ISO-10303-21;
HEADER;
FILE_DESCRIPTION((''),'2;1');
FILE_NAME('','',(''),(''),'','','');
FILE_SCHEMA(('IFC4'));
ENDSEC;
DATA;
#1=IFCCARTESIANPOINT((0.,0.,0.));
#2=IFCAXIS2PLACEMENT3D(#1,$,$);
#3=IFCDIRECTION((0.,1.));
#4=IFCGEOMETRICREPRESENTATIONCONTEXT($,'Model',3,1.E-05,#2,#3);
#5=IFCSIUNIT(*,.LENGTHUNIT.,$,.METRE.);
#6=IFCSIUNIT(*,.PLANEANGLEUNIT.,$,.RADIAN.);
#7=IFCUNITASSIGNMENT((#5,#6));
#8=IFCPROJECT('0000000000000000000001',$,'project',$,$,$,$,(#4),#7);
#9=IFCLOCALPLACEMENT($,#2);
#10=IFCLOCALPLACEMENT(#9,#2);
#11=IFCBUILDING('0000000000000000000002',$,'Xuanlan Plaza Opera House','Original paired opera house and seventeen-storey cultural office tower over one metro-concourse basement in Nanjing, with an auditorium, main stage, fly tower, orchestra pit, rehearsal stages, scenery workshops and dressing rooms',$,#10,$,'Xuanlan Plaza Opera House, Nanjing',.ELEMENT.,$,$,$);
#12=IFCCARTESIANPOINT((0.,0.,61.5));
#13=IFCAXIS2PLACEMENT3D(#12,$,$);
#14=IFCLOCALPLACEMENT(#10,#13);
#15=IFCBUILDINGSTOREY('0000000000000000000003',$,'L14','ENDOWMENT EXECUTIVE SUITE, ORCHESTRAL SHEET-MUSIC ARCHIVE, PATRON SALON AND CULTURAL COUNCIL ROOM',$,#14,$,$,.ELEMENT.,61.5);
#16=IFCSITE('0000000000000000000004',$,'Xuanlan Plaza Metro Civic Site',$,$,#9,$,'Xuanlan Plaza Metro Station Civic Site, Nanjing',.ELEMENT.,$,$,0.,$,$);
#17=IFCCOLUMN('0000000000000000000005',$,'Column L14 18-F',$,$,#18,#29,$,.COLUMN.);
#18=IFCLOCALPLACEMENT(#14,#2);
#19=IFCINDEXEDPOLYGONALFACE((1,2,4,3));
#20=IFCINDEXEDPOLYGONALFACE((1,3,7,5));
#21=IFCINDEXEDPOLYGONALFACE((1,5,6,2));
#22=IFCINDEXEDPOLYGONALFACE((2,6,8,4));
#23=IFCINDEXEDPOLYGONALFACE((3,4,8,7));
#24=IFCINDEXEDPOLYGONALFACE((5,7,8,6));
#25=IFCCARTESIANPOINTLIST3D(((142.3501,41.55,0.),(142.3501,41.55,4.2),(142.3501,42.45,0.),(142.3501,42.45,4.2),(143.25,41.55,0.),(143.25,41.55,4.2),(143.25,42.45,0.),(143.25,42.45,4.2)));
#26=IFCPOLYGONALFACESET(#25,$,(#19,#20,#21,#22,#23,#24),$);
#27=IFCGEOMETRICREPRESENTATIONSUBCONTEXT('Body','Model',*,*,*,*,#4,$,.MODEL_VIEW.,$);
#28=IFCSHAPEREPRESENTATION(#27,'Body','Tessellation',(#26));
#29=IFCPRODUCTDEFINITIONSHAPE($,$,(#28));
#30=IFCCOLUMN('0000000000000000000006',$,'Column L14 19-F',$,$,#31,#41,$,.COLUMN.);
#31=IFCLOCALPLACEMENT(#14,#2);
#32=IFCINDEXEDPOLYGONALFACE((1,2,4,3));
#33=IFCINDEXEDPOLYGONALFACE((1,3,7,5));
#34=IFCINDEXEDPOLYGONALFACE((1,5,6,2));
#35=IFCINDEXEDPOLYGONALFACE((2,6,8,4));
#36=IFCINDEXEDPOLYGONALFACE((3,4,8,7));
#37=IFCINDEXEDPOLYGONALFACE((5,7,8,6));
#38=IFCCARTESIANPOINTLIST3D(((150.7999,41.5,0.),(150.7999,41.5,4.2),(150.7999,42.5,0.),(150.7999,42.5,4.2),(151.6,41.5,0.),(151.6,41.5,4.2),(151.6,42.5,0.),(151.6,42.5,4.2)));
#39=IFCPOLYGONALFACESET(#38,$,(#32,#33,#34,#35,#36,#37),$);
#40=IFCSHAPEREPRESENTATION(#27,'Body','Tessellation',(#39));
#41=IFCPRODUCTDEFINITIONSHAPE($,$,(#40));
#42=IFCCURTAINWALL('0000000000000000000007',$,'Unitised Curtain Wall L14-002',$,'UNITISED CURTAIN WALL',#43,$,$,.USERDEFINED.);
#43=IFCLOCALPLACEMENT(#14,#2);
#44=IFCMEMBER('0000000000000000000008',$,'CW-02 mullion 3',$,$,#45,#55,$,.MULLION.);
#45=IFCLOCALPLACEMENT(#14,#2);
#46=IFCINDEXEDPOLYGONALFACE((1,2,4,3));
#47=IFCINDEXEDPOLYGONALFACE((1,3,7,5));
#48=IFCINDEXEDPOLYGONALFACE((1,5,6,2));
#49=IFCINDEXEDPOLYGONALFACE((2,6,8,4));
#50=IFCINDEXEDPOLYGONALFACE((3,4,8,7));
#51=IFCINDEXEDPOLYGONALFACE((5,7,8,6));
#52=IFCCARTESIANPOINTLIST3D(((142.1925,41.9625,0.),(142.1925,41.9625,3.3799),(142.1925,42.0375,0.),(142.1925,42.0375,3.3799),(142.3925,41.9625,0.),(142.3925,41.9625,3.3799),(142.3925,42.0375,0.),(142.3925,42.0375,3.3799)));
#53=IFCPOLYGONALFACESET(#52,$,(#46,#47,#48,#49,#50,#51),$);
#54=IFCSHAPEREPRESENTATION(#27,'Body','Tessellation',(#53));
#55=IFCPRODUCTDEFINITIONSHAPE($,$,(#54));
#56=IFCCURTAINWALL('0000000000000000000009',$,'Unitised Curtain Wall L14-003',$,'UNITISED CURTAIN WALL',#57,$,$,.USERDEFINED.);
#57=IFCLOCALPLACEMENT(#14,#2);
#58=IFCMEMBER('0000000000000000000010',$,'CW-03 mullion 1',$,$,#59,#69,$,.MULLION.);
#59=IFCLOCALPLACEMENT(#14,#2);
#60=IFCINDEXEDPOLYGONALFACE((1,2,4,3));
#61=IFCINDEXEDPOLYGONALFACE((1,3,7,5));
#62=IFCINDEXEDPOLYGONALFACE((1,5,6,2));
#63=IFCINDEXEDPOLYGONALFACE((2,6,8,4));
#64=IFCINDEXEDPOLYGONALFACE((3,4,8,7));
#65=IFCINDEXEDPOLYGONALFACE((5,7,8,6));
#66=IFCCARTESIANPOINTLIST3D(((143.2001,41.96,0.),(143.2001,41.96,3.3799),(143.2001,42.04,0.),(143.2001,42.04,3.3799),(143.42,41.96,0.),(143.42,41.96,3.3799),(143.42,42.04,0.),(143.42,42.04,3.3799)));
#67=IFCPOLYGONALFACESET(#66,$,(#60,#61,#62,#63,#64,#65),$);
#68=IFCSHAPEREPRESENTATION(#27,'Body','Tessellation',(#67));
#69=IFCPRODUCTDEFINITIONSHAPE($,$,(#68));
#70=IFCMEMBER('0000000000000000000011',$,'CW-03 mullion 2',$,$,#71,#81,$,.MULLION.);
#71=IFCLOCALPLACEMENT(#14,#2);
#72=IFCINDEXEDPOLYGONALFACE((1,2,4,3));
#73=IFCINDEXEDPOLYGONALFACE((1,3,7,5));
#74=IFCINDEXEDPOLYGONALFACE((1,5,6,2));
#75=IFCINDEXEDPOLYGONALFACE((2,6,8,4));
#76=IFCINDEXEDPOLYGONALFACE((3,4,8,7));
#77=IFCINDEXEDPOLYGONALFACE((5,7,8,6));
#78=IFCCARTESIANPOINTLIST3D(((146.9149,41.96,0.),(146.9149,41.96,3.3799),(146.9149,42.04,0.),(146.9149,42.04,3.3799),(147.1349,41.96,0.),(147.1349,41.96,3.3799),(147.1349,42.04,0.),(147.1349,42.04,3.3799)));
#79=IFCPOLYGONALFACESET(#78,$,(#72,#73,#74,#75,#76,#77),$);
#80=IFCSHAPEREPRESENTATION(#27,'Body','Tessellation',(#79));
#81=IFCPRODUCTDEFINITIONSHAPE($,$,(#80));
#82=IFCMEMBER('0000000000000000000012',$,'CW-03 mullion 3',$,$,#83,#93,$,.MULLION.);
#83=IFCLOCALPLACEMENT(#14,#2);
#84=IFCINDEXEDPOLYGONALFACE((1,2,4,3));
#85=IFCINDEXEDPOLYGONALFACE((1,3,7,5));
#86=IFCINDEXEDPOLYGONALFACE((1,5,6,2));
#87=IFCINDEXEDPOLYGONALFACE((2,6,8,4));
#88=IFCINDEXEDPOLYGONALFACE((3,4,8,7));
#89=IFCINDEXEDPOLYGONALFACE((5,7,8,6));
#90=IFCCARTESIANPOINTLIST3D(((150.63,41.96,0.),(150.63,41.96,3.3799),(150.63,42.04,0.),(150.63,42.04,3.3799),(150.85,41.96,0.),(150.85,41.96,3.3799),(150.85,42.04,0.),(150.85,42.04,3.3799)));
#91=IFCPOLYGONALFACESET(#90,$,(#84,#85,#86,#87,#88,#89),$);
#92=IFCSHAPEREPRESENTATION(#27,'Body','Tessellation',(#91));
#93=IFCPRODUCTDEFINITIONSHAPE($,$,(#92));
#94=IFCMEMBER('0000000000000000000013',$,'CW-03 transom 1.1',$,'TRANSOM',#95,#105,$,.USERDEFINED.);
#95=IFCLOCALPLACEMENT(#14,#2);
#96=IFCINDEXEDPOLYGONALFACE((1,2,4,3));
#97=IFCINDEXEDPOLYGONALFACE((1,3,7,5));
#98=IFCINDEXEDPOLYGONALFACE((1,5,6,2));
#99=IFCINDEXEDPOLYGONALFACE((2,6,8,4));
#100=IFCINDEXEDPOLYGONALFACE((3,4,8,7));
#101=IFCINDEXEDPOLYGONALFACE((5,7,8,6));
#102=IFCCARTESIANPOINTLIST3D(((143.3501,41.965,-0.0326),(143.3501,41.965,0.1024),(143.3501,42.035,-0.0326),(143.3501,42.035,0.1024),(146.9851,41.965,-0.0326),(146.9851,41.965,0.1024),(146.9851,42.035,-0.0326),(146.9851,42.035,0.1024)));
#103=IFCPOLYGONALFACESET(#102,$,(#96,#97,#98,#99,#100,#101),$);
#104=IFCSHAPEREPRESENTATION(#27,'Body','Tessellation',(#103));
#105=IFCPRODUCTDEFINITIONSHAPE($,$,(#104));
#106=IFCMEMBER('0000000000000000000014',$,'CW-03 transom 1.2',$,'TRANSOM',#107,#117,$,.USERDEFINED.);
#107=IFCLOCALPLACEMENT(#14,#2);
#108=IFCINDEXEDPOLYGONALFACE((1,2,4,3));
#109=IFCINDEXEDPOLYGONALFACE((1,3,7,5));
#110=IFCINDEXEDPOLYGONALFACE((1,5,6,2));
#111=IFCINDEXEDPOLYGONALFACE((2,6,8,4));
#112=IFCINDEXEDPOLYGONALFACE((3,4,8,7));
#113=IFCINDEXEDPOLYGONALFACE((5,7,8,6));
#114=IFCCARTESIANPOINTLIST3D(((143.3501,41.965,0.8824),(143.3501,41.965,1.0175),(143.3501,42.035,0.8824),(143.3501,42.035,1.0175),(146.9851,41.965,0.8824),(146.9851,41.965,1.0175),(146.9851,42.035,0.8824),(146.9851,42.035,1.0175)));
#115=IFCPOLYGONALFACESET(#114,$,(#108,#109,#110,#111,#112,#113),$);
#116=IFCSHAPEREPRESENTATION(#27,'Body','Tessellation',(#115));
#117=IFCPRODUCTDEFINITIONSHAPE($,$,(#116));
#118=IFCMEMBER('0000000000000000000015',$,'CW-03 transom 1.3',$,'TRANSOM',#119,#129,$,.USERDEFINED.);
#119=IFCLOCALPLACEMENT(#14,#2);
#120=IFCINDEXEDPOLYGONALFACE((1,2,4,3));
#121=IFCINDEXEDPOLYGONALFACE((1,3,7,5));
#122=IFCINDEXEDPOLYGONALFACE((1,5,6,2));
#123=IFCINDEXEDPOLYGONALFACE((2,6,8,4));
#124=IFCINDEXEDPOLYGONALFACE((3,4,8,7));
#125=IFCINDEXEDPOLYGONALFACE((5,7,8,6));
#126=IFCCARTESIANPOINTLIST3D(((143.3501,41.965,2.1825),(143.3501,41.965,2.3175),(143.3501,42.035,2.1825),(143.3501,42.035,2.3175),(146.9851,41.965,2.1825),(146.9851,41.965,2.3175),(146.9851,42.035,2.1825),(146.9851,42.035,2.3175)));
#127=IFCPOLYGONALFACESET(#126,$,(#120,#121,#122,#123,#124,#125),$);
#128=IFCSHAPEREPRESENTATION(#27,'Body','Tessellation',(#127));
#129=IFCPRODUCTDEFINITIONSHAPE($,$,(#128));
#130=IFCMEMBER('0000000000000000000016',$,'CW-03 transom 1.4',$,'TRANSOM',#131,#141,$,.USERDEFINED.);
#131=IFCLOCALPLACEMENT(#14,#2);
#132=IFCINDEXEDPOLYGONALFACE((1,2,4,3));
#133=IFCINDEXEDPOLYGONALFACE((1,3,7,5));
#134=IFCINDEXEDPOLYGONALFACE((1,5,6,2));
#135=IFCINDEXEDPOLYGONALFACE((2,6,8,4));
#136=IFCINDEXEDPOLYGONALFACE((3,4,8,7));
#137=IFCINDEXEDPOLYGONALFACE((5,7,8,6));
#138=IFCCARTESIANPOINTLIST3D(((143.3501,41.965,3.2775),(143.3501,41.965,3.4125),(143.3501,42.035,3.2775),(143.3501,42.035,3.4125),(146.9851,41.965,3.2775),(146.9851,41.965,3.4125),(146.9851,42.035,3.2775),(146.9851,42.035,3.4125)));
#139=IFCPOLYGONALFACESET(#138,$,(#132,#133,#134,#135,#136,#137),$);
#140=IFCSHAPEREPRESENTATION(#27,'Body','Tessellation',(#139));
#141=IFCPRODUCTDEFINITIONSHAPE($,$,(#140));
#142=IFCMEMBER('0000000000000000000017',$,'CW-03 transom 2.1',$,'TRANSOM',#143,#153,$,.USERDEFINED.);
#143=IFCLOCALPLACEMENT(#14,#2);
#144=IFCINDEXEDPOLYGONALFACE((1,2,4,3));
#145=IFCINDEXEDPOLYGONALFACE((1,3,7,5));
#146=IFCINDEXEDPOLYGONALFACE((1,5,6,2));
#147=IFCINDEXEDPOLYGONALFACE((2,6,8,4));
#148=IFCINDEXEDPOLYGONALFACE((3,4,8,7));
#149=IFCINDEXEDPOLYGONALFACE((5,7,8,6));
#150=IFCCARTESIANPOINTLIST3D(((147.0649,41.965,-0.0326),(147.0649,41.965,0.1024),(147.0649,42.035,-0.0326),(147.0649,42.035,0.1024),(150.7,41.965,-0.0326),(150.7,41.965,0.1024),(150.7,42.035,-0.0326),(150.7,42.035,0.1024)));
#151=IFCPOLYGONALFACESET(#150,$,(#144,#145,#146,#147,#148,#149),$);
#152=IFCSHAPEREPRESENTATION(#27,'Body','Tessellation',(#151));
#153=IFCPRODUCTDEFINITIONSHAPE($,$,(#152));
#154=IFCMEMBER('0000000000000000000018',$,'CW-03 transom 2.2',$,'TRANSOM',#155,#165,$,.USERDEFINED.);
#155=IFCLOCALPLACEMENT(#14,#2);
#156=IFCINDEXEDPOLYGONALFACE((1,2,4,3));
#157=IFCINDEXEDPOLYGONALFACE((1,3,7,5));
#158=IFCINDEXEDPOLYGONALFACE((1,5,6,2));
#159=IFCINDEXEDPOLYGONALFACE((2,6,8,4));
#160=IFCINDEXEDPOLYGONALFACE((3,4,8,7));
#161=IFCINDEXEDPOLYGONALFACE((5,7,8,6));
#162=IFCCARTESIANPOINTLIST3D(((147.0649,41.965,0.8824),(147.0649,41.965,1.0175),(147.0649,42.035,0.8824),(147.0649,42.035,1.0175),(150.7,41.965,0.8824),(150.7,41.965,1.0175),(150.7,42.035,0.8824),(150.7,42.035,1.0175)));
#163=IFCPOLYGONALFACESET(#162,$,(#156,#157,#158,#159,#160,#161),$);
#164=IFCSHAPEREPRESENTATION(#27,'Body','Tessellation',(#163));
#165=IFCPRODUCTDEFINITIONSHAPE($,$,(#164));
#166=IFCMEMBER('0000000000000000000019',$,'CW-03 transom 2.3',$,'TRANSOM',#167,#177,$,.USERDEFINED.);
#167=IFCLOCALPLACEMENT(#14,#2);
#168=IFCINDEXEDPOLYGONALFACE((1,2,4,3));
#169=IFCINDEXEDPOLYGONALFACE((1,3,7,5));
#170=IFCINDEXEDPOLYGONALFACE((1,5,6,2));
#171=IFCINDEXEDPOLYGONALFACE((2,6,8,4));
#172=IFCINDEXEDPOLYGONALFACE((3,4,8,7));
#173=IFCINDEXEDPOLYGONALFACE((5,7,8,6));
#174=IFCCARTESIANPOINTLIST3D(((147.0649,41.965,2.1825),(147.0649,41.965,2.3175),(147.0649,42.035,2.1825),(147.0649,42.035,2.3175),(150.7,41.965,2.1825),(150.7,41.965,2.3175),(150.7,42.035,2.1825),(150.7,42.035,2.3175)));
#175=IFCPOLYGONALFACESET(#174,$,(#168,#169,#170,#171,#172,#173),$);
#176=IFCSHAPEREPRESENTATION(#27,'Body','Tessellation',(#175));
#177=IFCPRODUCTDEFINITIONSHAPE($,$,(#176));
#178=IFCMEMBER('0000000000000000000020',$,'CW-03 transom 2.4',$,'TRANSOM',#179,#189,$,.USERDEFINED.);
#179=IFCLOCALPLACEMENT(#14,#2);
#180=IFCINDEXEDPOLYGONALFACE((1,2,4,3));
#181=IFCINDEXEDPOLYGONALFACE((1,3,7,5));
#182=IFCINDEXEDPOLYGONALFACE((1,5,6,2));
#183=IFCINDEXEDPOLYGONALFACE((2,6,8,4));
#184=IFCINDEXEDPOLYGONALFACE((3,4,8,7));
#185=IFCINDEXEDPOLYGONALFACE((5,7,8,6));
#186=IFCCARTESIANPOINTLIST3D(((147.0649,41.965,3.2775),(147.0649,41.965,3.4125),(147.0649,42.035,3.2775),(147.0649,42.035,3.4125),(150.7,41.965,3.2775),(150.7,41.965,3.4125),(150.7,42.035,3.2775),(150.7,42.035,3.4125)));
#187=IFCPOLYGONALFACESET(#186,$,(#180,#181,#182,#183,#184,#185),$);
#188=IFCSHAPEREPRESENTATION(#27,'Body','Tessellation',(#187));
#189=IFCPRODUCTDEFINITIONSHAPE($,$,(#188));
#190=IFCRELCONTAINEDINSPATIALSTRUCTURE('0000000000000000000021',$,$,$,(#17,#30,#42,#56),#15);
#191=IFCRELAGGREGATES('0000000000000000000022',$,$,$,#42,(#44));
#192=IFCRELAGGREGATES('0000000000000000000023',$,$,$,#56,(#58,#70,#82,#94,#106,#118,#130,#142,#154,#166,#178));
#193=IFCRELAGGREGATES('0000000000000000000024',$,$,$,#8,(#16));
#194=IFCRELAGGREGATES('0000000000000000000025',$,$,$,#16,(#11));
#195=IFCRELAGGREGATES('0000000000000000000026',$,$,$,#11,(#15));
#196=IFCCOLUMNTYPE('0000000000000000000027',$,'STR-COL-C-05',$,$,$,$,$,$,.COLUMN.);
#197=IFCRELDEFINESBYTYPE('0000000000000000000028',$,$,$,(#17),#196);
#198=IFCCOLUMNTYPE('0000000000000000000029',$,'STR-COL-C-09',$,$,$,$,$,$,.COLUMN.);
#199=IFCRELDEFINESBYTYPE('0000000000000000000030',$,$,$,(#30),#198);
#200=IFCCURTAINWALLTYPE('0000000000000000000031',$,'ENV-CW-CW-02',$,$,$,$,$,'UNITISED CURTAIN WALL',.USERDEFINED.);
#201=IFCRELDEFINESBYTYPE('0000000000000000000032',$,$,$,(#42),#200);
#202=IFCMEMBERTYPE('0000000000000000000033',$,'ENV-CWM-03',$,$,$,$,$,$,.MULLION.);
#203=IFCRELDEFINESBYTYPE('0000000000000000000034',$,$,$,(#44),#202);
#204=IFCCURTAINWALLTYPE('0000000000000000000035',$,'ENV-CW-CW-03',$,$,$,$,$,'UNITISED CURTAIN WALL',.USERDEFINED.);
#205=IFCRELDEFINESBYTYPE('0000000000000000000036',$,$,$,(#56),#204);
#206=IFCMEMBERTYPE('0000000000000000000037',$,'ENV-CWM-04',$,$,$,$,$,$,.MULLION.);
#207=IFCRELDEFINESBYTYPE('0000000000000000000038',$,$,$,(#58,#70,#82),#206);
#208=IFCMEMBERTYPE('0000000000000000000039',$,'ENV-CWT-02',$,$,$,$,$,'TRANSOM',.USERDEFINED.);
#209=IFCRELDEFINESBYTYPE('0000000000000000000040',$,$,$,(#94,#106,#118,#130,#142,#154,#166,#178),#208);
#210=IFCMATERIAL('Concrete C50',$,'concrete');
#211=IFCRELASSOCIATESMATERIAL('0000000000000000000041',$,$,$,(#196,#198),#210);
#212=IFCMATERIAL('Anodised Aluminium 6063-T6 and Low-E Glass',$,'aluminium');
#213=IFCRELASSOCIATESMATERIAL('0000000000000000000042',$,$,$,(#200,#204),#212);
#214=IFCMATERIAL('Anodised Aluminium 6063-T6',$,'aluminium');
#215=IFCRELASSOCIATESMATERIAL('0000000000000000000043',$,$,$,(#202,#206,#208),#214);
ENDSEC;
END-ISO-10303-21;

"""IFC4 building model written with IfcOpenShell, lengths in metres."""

from ifc_helpers import new_model, si_unit, direction, frame, origin, origin_2d, place, context, subcontext, project, spatial, rectangle, extrude, material, material_profile, profile_set, type_object, element, aggregate, save


model = new_model("IFC4")

# Units and contexts
model_context = context("Model", 3, precision=1e-05, world=origin(), true_north=direction((0.0, 1.0)))
body_context = subcontext(model_context, "Body", "Model", "MODEL_VIEW")
ifc_project = project(units=[si_unit("LENGTHUNIT", "METRE"), si_unit("PLANEANGLEUNIT", "RADIAN")], contexts=[model_context])

# Site, building, storey
site_placement = place(None, origin())
site = spatial("IfcSite", under=ifc_project, at=site_placement, Name="Xuanlan Plaza Metro Civic Site", LongName="Xuanlan Plaza Metro Station Civic Site, Nanjing", CompositionType="ELEMENT", RefElevation=0.0)
building_placement = place(site_placement, origin())
building = spatial("IfcBuilding", under=site, at=building_placement, Name="Xuanlan Plaza Opera House", Description="Original paired opera house and seventeen-storey cultural office tower over one metro-concourse basement in Nanjing, with an auditorium, main stage, fly tower, orchestra pit, rehearsal stages, scenery workshops and dressing rooms", LongName="Xuanlan Plaza Opera House, Nanjing", CompositionType="ELEMENT")
storey_placement = place(building_placement, frame((0.0, 0.0, 61.5)))
storey = spatial("IfcBuildingStorey", under=building, at=storey_placement, Name="L14", Description="ENDOWMENT EXECUTIVE SUITE, ORCHESTRAL SHEET-MUSIC ARCHIVE, PATRON SALON AND CULTURAL COUNCIL ROOM", CompositionType="ELEMENT", Elevation=61.5)

# Columns
ifc_material_1 = material(Name="Concrete C50", Category="concrete")
ifc_material_profile_1 = material_profile(ifc_material_1, rectangle(XDim=0.8999, YDim=0.8999, at=origin_2d()), Name="RC-COL 900x900")
ifc_profile_set_1 = profile_set([ifc_material_profile_1], Name="Concrete C50")
column_type_1 = type_object("IfcColumnType", Name="STR-COL-C-05", PredefinedType="COLUMN", material=ifc_profile_set_1)
column_1_placement = place(storey_placement, frame((142.8, 42.0, 0.0), z_axis=(0.0, 0.0, 1.0), x_axis=(1.0, 0.0, 0.0)))
element("IfcColumn", 1, at=column_1_placement, inside=storey, type_object=column_type_1, Name="Column L14 18-F", PredefinedType="COLUMN", context=body_context, shape_type="SweptSolid", body=[
    extrude(rectangle(XDim=0.8999, YDim=0.8999, at=origin_2d()), origin(), (0.0, 0.0, 1.0), 4.2),
])
ifc_material_profile_2 = material_profile(ifc_material_1, rectangle(XDim=0.8, YDim=1.0, at=origin_2d()), Name="RC-COL 800x1000")
ifc_profile_set_2 = profile_set([ifc_material_profile_2], Name="Concrete C50")
column_type_2 = type_object("IfcColumnType", Name="STR-COL-C-09", PredefinedType="COLUMN", material=ifc_profile_set_2)
column_2_placement = place(storey_placement, frame((151.2, 42.0, 0.0), z_axis=(0.0, 0.0, 1.0), x_axis=(1.0, 0.0, 0.0)))
element("IfcColumn", 2, at=column_2_placement, inside=storey, type_object=column_type_2, Name="Column L14 19-F", PredefinedType="COLUMN", context=body_context, shape_type="SweptSolid", body=[
    extrude(rectangle(XDim=0.8, YDim=1.0, at=origin_2d()), origin(), (0.0, 0.0, 1.0), 4.2),
])

# Curtain wall, member
ifc_material_2 = material(Name="Anodised Aluminium 6063-T6 and Low-E Glass", Category="aluminium")
curtain_wall_type_1 = type_object("IfcCurtainWallType", Name="ENV-CW-CW-02", ElementType="UNITISED CURTAIN WALL", PredefinedType="USERDEFINED", material=ifc_material_2)
curtain_wall_1_placement = place(storey_placement, origin())
curtain_wall_1 = element("IfcCurtainWall", 3, at=curtain_wall_1_placement, inside=storey, type_object=curtain_wall_type_1, Name="Unitised Curtain Wall L14-002", ObjectType="UNITISED CURTAIN WALL", PredefinedType="USERDEFINED")
ifc_material_3 = material(Name="Anodised Aluminium 6063-T6", Category="aluminium")
ifc_material_profile_3 = material_profile(ifc_material_3, rectangle(XDim=0.075, YDim=0.2, at=origin_2d()), Name="ALU-M 75x200")
ifc_profile_set_3 = profile_set([ifc_material_profile_3], Name="Anodised Aluminium 6063-T6")
member_type_1 = type_object("IfcMemberType", Name="ENV-CWM-03", PredefinedType="MULLION", material=ifc_profile_set_3)
member_1_placement = place(storey_placement, frame((142.2925, 42.0, 0.0), z_axis=(0.0, 0.0, 1.0), x_axis=(0.0, 1.0, 0.0)))
member_1 = element("IfcMember", 4, at=member_1_placement, type_object=member_type_1, Name="CW-02 mullion 3", PredefinedType="MULLION", context=body_context, shape_type="SweptSolid", body=[
    extrude(rectangle(XDim=0.075, YDim=0.2, at=origin_2d()), origin(), (0.0, 0.0, 1.0), 3.3799),
])

# Curtain wall, members
curtain_wall_type_2 = type_object("IfcCurtainWallType", Name="ENV-CW-CW-03", ElementType="UNITISED CURTAIN WALL", PredefinedType="USERDEFINED", material=ifc_material_2)
curtain_wall_2_placement = place(storey_placement, origin())
curtain_wall_2 = element("IfcCurtainWall", 5, at=curtain_wall_2_placement, inside=storey, type_object=curtain_wall_type_2, Name="Unitised Curtain Wall L14-003", ObjectType="UNITISED CURTAIN WALL", PredefinedType="USERDEFINED")
ifc_material_profile_4 = material_profile(ifc_material_3, rectangle(XDim=0.0801, YDim=0.22, at=origin_2d()), Name="ALU-M 80x220")
ifc_profile_set_4 = profile_set([ifc_material_profile_4], Name="Anodised Aluminium 6063-T6")
member_type_2 = type_object("IfcMemberType", Name="ENV-CWM-04", PredefinedType="MULLION", material=ifc_profile_set_4)
member_2_placement = place(storey_placement, frame((143.3101, 42.0, 0.0), z_axis=(0.0, 0.0, 1.0), x_axis=(0.0, 1.0, 0.0)))
member_2 = element("IfcMember", 6, at=member_2_placement, type_object=member_type_2, Name="CW-03 mullion 1", PredefinedType="MULLION", context=body_context, shape_type="SweptSolid", body=[
    extrude(rectangle(XDim=0.0801, YDim=0.22, at=origin_2d()), origin(), (0.0, 0.0, 1.0), 3.3799),
])
member_3_placement = place(storey_placement, frame((147.0249, 42.0, 0.0), z_axis=(0.0, 0.0, 1.0), x_axis=(0.0, 1.0, 0.0)))
member_3 = element("IfcMember", 7, at=member_3_placement, type_object=member_type_2, Name="CW-03 mullion 2", PredefinedType="MULLION", context=body_context, shape_type="SweptSolid", body=[
    extrude(rectangle(XDim=0.0801, YDim=0.22, at=origin_2d()), origin(), (0.0, 0.0, 1.0), 3.3799),
])
member_4_placement = place(storey_placement, frame((150.74, 42.0, 0.0), z_axis=(0.0, 0.0, 1.0), x_axis=(0.0, 1.0, 0.0)))
member_4 = element("IfcMember", 8, at=member_4_placement, type_object=member_type_2, Name="CW-03 mullion 3", PredefinedType="MULLION", context=body_context, shape_type="SweptSolid", body=[
    extrude(rectangle(XDim=0.0801, YDim=0.22, at=origin_2d()), origin(), (0.0, 0.0, 1.0), 3.3799),
])
ifc_material_profile_5 = material_profile(ifc_material_3, rectangle(XDim=0.0701, YDim=0.135, at=origin_2d()), Name="ALU-T 70x135")
ifc_profile_set_5 = profile_set([ifc_material_profile_5], Name="Anodised Aluminium 6063-T6")
member_type_3 = type_object("IfcMemberType", Name="ENV-CWT-02", ElementType="TRANSOM", PredefinedType="USERDEFINED", material=ifc_profile_set_5)
member_5_placement = place(storey_placement, frame((143.3501, 42.0, 0.0349), z_axis=(1.0, 0.0, 0.0), x_axis=(0.0, 1.0, 0.0)))
member_5 = element("IfcMember", 9, at=member_5_placement, type_object=member_type_3, Name="CW-03 transom 1.1", ObjectType="TRANSOM", PredefinedType="USERDEFINED", context=body_context, shape_type="SweptSolid", body=[
    extrude(rectangle(XDim=0.0701, YDim=0.135, at=origin_2d()), origin(), (0.0, 0.0, 1.0), 3.635),
])
member_6_placement = place(storey_placement, frame((143.3501, 42.0, 0.95), z_axis=(1.0, 0.0, 0.0), x_axis=(0.0, 1.0, 0.0)))
member_6 = element("IfcMember", 10, at=member_6_placement, type_object=member_type_3, Name="CW-03 transom 1.2", ObjectType="TRANSOM", PredefinedType="USERDEFINED", context=body_context, shape_type="SweptSolid", body=[
    extrude(rectangle(XDim=0.0701, YDim=0.135, at=origin_2d()), origin(), (0.0, 0.0, 1.0), 3.635),
])
member_7_placement = place(storey_placement, frame((143.3501, 42.0, 2.25), z_axis=(1.0, 0.0, 0.0), x_axis=(0.0, 1.0, 0.0)))
member_7 = element("IfcMember", 11, at=member_7_placement, type_object=member_type_3, Name="CW-03 transom 1.3", ObjectType="TRANSOM", PredefinedType="USERDEFINED", context=body_context, shape_type="SweptSolid", body=[
    extrude(rectangle(XDim=0.0701, YDim=0.135, at=origin_2d()), origin(), (0.0, 0.0, 1.0), 3.635),
])
member_8_placement = place(storey_placement, frame((143.3501, 42.0, 3.345), z_axis=(1.0, 0.0, 0.0), x_axis=(0.0, 1.0, 0.0)))
member_8 = element("IfcMember", 12, at=member_8_placement, type_object=member_type_3, Name="CW-03 transom 1.4", ObjectType="TRANSOM", PredefinedType="USERDEFINED", context=body_context, shape_type="SweptSolid", body=[
    extrude(rectangle(XDim=0.0701, YDim=0.135, at=origin_2d()), origin(), (0.0, 0.0, 1.0), 3.635),
])
member_9_placement = place(storey_placement, frame((147.0649, 42.0, 0.0349), z_axis=(1.0, 0.0, 0.0), x_axis=(0.0, 1.0, 0.0)))
member_9 = element("IfcMember", 13, at=member_9_placement, type_object=member_type_3, Name="CW-03 transom 2.1", ObjectType="TRANSOM", PredefinedType="USERDEFINED", context=body_context, shape_type="SweptSolid", body=[
    extrude(rectangle(XDim=0.0701, YDim=0.135, at=origin_2d()), origin(), (0.0, 0.0, 1.0), 3.635),
])
member_10_placement = place(storey_placement, frame((147.0649, 42.0, 0.95), z_axis=(1.0, 0.0, 0.0), x_axis=(0.0, 1.0, 0.0)))
member_10 = element("IfcMember", 14, at=member_10_placement, type_object=member_type_3, Name="CW-03 transom 2.2", ObjectType="TRANSOM", PredefinedType="USERDEFINED", context=body_context, shape_type="SweptSolid", body=[
    extrude(rectangle(XDim=0.0701, YDim=0.135, at=origin_2d()), origin(), (0.0, 0.0, 1.0), 3.635),
])
member_11_placement = place(storey_placement, frame((147.0649, 42.0, 2.25), z_axis=(1.0, 0.0, 0.0), x_axis=(0.0, 1.0, 0.0)))
member_11 = element("IfcMember", 15, at=member_11_placement, type_object=member_type_3, Name="CW-03 transom 2.3", ObjectType="TRANSOM", PredefinedType="USERDEFINED", context=body_context, shape_type="SweptSolid", body=[
    extrude(rectangle(XDim=0.0701, YDim=0.135, at=origin_2d()), origin(), (0.0, 0.0, 1.0), 3.635),
])
member_12_placement = place(storey_placement, frame((147.0649, 42.0, 3.345), z_axis=(1.0, 0.0, 0.0), x_axis=(0.0, 1.0, 0.0)))
member_12 = element("IfcMember", 16, at=member_12_placement, type_object=member_type_3, Name="CW-03 transom 2.4", ObjectType="TRANSOM", PredefinedType="USERDEFINED", context=body_context, shape_type="SweptSolid", body=[
    extrude(rectangle(XDim=0.0701, YDim=0.135, at=origin_2d()), origin(), (0.0, 0.0, 1.0), 3.635),
])

aggregate(curtain_wall_1, [member_1])
aggregate(curtain_wall_2, [member_2, member_3, member_4, member_5, member_6, member_7, member_8, member_9, member_10, member_11, member_12])

save(model, "model.ifc")
